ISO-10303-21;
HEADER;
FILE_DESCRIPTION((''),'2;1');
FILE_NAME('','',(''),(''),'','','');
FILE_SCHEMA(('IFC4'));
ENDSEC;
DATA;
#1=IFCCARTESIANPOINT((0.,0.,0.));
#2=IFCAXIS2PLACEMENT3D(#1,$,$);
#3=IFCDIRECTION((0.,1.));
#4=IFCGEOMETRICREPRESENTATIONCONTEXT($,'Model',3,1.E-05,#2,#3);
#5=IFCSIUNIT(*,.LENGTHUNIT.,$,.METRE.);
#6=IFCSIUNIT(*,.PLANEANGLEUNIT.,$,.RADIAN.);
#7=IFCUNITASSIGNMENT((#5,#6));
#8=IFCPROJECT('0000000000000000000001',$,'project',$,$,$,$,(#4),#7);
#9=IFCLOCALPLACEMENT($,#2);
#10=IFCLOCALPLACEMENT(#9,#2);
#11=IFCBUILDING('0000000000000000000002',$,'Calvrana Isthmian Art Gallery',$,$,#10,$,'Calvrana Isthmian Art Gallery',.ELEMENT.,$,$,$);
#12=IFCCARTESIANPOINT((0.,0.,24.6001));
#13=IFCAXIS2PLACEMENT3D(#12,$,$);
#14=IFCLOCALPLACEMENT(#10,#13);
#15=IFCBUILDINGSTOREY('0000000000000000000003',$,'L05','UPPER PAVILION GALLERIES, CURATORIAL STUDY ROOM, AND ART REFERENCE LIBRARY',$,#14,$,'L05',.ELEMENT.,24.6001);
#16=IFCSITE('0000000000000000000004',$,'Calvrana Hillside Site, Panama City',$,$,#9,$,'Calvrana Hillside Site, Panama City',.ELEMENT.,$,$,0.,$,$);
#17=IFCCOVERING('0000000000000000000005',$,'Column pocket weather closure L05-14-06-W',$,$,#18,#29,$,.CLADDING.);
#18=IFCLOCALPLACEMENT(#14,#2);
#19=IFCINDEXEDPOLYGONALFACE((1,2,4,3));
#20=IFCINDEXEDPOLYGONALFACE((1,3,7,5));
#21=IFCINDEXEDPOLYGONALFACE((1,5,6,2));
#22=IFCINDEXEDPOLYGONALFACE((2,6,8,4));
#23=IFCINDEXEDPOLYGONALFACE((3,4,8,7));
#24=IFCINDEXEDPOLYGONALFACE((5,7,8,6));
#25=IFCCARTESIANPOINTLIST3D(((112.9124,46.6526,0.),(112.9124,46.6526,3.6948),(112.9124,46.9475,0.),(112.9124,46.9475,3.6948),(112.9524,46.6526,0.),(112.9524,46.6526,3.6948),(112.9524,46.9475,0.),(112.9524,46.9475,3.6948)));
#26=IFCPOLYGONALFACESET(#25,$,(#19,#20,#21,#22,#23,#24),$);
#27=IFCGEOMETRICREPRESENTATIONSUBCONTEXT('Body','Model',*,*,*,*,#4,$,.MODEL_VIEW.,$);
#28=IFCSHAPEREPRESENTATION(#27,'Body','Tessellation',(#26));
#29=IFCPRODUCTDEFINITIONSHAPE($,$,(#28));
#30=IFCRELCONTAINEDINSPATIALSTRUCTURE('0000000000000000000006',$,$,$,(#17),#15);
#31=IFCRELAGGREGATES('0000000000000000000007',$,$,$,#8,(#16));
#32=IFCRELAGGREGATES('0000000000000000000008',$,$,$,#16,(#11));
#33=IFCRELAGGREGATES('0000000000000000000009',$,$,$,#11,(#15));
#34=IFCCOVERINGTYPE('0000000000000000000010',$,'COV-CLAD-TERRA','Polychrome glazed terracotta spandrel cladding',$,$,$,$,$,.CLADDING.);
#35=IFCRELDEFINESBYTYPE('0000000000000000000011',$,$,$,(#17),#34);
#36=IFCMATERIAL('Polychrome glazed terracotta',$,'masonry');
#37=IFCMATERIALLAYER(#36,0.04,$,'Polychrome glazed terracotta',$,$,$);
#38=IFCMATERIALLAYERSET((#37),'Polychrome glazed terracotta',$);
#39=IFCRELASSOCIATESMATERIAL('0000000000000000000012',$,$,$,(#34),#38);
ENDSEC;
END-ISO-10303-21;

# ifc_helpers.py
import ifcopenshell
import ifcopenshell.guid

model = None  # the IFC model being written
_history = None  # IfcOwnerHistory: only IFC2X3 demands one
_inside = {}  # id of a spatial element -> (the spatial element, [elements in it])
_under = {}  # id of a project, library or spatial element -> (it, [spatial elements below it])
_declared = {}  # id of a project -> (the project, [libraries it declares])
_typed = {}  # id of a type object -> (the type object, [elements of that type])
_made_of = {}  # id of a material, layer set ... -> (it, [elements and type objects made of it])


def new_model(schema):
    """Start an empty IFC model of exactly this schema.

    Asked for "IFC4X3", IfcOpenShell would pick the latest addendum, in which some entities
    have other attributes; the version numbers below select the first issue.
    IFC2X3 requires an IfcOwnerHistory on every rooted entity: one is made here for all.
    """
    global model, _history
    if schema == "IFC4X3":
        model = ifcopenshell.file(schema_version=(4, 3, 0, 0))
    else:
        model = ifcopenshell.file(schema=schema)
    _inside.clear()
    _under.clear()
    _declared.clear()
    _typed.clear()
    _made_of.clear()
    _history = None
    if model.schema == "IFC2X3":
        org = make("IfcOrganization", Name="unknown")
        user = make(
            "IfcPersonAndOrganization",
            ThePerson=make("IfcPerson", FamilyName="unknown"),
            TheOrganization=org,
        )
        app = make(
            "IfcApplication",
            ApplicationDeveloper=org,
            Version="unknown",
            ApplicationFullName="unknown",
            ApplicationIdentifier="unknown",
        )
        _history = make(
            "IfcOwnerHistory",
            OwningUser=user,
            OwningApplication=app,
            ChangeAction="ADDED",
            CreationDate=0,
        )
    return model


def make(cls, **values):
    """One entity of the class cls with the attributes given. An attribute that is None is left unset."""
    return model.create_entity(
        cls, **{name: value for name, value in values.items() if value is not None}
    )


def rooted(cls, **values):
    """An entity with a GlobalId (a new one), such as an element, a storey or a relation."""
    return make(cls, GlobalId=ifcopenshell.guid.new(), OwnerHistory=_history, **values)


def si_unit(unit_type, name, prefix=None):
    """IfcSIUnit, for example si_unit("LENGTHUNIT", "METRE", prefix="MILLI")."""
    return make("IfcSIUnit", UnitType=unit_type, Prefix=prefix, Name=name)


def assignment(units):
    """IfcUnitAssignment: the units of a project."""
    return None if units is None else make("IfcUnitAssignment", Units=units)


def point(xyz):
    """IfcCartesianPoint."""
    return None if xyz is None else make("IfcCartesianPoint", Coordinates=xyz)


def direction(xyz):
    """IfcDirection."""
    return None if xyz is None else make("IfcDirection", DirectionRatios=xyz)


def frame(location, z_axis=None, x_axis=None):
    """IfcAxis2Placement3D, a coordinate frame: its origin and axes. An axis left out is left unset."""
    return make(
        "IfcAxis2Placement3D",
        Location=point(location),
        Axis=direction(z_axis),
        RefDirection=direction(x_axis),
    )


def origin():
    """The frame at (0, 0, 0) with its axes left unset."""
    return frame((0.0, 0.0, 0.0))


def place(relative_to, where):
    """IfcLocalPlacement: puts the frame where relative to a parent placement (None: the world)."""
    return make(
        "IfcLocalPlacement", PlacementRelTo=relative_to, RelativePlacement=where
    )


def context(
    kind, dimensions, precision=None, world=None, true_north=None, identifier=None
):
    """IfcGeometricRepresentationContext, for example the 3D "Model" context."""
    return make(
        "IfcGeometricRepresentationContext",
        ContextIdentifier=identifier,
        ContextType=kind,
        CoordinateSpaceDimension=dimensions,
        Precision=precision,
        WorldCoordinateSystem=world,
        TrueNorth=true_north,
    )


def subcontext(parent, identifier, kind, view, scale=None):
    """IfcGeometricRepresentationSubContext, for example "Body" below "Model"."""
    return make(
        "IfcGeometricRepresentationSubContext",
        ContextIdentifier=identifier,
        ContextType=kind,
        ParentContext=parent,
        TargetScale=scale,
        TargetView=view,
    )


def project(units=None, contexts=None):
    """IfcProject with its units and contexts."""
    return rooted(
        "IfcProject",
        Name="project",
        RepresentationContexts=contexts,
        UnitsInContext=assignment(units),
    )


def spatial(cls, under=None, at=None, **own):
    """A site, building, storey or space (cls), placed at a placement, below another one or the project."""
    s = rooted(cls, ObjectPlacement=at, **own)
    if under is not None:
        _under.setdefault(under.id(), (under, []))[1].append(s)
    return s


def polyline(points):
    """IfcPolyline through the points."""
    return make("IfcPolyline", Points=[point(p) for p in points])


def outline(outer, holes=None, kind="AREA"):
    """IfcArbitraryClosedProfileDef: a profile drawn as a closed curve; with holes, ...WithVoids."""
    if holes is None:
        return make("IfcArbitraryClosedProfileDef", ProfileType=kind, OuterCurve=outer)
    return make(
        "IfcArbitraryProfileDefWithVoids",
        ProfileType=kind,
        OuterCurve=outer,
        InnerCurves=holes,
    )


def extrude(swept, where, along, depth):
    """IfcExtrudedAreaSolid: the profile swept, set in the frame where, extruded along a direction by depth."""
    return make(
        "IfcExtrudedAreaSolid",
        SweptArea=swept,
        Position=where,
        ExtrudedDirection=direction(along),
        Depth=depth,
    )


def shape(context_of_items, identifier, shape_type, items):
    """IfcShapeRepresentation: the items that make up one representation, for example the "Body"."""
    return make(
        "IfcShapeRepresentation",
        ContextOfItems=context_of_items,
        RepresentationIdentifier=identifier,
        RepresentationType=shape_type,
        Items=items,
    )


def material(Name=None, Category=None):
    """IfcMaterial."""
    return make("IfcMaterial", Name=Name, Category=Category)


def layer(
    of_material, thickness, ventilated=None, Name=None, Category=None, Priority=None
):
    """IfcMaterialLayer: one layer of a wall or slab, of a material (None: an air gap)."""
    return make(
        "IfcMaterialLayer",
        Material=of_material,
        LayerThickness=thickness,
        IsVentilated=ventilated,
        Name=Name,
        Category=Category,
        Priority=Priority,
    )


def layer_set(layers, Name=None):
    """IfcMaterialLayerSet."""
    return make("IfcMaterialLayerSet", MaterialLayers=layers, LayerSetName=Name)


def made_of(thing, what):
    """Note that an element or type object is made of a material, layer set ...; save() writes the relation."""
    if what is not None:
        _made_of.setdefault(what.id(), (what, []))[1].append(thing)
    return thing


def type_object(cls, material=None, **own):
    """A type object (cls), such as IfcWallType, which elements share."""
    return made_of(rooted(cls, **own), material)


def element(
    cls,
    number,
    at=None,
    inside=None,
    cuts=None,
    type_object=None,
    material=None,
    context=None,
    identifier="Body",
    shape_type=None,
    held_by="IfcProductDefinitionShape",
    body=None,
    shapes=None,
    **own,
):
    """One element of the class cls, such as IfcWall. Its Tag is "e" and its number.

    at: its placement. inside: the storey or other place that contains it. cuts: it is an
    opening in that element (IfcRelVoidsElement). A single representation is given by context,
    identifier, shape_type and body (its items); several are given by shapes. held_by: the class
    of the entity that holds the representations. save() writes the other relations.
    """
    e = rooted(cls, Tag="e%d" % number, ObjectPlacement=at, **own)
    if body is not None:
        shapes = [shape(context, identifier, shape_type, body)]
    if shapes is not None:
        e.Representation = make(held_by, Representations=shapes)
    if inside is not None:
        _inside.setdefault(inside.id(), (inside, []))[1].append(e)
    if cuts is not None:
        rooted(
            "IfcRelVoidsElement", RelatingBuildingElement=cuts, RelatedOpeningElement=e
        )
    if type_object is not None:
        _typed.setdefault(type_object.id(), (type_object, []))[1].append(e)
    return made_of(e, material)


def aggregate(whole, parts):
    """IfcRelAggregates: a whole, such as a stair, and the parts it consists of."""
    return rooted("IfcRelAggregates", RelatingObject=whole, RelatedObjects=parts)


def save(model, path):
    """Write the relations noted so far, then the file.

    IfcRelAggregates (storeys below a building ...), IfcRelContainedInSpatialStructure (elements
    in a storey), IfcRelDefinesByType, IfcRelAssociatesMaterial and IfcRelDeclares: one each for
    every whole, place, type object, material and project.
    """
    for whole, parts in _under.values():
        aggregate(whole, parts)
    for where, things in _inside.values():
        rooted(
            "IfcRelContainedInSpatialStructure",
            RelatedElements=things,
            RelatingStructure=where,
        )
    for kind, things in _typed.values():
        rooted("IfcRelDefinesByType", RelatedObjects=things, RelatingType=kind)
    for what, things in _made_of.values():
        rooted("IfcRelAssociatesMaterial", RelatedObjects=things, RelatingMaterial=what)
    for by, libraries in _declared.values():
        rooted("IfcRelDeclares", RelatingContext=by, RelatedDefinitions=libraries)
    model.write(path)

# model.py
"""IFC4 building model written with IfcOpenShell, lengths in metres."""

from ifc_helpers import new_model, si_unit, direction, frame, origin, place, context, subcontext, project, spatial, polyline, outline, extrude, material, layer, layer_set, type_object, element, save


model = new_model("IFC4")

# Units and contexts
model_context = context("Model", 3, precision=1e-05, world=origin(), true_north=direction((0.0, 1.0)))
body_context = subcontext(model_context, "Body", "Model", "MODEL_VIEW")
ifc_project = project(units=[si_unit("LENGTHUNIT", "METRE"), si_unit("PLANEANGLEUNIT", "RADIAN")], contexts=[model_context])

# Site, building, storey
site_placement = place(None, origin())
site = spatial("IfcSite", under=ifc_project, at=site_placement, Name="Calvrana Hillside Site, Panama City", LongName="Calvrana Hillside Site, Panama City", CompositionType="ELEMENT", RefElevation=0.0)
building_placement = place(site_placement, origin())
building = spatial("IfcBuilding", under=site, at=building_placement, Name="Calvrana Isthmian Art Gallery", LongName="Calvrana Isthmian Art Gallery", CompositionType="ELEMENT")
storey_placement = place(building_placement, frame((0.0, 0.0, 24.6001)))
storey = spatial("IfcBuildingStorey", under=building, at=storey_placement, Name="L05", Description="UPPER PAVILION GALLERIES, CURATORIAL STUDY ROOM, AND ART REFERENCE LIBRARY", LongName="L05", CompositionType="ELEMENT", Elevation=24.6001)

# Covering
ifc_material_1 = material(Name="Polychrome glazed terracotta", Category="masonry")
ifc_layer_1 = layer(ifc_material_1, 0.04, Name="Polychrome glazed terracotta")
ifc_layer_set_1 = layer_set([ifc_layer_1], Name="Polychrome glazed terracotta")
covering_type = type_object("IfcCoveringType", Name="COV-CLAD-TERRA", Description="Polychrome glazed terracotta spandrel cladding", PredefinedType="CLADDING", material=ifc_layer_set_1)
covering_1_placement = place(storey_placement, origin())
element("IfcCovering", 1, at=covering_1_placement, inside=storey, type_object=covering_type, Name="Column pocket weather closure L05-14-06-W", PredefinedType="CLADDING", context=body_context, shape_type="SweptSolid", body=[
    extrude(outline(polyline([(112.9124, 46.6526), (112.9524, 46.6526), (112.9524, 46.9475), (112.9124, 46.9475), (112.9124, 46.6526)])), origin(), (0.0, 0.0, 1.0), 3.6948),
])

save(model, "model.ifc")
